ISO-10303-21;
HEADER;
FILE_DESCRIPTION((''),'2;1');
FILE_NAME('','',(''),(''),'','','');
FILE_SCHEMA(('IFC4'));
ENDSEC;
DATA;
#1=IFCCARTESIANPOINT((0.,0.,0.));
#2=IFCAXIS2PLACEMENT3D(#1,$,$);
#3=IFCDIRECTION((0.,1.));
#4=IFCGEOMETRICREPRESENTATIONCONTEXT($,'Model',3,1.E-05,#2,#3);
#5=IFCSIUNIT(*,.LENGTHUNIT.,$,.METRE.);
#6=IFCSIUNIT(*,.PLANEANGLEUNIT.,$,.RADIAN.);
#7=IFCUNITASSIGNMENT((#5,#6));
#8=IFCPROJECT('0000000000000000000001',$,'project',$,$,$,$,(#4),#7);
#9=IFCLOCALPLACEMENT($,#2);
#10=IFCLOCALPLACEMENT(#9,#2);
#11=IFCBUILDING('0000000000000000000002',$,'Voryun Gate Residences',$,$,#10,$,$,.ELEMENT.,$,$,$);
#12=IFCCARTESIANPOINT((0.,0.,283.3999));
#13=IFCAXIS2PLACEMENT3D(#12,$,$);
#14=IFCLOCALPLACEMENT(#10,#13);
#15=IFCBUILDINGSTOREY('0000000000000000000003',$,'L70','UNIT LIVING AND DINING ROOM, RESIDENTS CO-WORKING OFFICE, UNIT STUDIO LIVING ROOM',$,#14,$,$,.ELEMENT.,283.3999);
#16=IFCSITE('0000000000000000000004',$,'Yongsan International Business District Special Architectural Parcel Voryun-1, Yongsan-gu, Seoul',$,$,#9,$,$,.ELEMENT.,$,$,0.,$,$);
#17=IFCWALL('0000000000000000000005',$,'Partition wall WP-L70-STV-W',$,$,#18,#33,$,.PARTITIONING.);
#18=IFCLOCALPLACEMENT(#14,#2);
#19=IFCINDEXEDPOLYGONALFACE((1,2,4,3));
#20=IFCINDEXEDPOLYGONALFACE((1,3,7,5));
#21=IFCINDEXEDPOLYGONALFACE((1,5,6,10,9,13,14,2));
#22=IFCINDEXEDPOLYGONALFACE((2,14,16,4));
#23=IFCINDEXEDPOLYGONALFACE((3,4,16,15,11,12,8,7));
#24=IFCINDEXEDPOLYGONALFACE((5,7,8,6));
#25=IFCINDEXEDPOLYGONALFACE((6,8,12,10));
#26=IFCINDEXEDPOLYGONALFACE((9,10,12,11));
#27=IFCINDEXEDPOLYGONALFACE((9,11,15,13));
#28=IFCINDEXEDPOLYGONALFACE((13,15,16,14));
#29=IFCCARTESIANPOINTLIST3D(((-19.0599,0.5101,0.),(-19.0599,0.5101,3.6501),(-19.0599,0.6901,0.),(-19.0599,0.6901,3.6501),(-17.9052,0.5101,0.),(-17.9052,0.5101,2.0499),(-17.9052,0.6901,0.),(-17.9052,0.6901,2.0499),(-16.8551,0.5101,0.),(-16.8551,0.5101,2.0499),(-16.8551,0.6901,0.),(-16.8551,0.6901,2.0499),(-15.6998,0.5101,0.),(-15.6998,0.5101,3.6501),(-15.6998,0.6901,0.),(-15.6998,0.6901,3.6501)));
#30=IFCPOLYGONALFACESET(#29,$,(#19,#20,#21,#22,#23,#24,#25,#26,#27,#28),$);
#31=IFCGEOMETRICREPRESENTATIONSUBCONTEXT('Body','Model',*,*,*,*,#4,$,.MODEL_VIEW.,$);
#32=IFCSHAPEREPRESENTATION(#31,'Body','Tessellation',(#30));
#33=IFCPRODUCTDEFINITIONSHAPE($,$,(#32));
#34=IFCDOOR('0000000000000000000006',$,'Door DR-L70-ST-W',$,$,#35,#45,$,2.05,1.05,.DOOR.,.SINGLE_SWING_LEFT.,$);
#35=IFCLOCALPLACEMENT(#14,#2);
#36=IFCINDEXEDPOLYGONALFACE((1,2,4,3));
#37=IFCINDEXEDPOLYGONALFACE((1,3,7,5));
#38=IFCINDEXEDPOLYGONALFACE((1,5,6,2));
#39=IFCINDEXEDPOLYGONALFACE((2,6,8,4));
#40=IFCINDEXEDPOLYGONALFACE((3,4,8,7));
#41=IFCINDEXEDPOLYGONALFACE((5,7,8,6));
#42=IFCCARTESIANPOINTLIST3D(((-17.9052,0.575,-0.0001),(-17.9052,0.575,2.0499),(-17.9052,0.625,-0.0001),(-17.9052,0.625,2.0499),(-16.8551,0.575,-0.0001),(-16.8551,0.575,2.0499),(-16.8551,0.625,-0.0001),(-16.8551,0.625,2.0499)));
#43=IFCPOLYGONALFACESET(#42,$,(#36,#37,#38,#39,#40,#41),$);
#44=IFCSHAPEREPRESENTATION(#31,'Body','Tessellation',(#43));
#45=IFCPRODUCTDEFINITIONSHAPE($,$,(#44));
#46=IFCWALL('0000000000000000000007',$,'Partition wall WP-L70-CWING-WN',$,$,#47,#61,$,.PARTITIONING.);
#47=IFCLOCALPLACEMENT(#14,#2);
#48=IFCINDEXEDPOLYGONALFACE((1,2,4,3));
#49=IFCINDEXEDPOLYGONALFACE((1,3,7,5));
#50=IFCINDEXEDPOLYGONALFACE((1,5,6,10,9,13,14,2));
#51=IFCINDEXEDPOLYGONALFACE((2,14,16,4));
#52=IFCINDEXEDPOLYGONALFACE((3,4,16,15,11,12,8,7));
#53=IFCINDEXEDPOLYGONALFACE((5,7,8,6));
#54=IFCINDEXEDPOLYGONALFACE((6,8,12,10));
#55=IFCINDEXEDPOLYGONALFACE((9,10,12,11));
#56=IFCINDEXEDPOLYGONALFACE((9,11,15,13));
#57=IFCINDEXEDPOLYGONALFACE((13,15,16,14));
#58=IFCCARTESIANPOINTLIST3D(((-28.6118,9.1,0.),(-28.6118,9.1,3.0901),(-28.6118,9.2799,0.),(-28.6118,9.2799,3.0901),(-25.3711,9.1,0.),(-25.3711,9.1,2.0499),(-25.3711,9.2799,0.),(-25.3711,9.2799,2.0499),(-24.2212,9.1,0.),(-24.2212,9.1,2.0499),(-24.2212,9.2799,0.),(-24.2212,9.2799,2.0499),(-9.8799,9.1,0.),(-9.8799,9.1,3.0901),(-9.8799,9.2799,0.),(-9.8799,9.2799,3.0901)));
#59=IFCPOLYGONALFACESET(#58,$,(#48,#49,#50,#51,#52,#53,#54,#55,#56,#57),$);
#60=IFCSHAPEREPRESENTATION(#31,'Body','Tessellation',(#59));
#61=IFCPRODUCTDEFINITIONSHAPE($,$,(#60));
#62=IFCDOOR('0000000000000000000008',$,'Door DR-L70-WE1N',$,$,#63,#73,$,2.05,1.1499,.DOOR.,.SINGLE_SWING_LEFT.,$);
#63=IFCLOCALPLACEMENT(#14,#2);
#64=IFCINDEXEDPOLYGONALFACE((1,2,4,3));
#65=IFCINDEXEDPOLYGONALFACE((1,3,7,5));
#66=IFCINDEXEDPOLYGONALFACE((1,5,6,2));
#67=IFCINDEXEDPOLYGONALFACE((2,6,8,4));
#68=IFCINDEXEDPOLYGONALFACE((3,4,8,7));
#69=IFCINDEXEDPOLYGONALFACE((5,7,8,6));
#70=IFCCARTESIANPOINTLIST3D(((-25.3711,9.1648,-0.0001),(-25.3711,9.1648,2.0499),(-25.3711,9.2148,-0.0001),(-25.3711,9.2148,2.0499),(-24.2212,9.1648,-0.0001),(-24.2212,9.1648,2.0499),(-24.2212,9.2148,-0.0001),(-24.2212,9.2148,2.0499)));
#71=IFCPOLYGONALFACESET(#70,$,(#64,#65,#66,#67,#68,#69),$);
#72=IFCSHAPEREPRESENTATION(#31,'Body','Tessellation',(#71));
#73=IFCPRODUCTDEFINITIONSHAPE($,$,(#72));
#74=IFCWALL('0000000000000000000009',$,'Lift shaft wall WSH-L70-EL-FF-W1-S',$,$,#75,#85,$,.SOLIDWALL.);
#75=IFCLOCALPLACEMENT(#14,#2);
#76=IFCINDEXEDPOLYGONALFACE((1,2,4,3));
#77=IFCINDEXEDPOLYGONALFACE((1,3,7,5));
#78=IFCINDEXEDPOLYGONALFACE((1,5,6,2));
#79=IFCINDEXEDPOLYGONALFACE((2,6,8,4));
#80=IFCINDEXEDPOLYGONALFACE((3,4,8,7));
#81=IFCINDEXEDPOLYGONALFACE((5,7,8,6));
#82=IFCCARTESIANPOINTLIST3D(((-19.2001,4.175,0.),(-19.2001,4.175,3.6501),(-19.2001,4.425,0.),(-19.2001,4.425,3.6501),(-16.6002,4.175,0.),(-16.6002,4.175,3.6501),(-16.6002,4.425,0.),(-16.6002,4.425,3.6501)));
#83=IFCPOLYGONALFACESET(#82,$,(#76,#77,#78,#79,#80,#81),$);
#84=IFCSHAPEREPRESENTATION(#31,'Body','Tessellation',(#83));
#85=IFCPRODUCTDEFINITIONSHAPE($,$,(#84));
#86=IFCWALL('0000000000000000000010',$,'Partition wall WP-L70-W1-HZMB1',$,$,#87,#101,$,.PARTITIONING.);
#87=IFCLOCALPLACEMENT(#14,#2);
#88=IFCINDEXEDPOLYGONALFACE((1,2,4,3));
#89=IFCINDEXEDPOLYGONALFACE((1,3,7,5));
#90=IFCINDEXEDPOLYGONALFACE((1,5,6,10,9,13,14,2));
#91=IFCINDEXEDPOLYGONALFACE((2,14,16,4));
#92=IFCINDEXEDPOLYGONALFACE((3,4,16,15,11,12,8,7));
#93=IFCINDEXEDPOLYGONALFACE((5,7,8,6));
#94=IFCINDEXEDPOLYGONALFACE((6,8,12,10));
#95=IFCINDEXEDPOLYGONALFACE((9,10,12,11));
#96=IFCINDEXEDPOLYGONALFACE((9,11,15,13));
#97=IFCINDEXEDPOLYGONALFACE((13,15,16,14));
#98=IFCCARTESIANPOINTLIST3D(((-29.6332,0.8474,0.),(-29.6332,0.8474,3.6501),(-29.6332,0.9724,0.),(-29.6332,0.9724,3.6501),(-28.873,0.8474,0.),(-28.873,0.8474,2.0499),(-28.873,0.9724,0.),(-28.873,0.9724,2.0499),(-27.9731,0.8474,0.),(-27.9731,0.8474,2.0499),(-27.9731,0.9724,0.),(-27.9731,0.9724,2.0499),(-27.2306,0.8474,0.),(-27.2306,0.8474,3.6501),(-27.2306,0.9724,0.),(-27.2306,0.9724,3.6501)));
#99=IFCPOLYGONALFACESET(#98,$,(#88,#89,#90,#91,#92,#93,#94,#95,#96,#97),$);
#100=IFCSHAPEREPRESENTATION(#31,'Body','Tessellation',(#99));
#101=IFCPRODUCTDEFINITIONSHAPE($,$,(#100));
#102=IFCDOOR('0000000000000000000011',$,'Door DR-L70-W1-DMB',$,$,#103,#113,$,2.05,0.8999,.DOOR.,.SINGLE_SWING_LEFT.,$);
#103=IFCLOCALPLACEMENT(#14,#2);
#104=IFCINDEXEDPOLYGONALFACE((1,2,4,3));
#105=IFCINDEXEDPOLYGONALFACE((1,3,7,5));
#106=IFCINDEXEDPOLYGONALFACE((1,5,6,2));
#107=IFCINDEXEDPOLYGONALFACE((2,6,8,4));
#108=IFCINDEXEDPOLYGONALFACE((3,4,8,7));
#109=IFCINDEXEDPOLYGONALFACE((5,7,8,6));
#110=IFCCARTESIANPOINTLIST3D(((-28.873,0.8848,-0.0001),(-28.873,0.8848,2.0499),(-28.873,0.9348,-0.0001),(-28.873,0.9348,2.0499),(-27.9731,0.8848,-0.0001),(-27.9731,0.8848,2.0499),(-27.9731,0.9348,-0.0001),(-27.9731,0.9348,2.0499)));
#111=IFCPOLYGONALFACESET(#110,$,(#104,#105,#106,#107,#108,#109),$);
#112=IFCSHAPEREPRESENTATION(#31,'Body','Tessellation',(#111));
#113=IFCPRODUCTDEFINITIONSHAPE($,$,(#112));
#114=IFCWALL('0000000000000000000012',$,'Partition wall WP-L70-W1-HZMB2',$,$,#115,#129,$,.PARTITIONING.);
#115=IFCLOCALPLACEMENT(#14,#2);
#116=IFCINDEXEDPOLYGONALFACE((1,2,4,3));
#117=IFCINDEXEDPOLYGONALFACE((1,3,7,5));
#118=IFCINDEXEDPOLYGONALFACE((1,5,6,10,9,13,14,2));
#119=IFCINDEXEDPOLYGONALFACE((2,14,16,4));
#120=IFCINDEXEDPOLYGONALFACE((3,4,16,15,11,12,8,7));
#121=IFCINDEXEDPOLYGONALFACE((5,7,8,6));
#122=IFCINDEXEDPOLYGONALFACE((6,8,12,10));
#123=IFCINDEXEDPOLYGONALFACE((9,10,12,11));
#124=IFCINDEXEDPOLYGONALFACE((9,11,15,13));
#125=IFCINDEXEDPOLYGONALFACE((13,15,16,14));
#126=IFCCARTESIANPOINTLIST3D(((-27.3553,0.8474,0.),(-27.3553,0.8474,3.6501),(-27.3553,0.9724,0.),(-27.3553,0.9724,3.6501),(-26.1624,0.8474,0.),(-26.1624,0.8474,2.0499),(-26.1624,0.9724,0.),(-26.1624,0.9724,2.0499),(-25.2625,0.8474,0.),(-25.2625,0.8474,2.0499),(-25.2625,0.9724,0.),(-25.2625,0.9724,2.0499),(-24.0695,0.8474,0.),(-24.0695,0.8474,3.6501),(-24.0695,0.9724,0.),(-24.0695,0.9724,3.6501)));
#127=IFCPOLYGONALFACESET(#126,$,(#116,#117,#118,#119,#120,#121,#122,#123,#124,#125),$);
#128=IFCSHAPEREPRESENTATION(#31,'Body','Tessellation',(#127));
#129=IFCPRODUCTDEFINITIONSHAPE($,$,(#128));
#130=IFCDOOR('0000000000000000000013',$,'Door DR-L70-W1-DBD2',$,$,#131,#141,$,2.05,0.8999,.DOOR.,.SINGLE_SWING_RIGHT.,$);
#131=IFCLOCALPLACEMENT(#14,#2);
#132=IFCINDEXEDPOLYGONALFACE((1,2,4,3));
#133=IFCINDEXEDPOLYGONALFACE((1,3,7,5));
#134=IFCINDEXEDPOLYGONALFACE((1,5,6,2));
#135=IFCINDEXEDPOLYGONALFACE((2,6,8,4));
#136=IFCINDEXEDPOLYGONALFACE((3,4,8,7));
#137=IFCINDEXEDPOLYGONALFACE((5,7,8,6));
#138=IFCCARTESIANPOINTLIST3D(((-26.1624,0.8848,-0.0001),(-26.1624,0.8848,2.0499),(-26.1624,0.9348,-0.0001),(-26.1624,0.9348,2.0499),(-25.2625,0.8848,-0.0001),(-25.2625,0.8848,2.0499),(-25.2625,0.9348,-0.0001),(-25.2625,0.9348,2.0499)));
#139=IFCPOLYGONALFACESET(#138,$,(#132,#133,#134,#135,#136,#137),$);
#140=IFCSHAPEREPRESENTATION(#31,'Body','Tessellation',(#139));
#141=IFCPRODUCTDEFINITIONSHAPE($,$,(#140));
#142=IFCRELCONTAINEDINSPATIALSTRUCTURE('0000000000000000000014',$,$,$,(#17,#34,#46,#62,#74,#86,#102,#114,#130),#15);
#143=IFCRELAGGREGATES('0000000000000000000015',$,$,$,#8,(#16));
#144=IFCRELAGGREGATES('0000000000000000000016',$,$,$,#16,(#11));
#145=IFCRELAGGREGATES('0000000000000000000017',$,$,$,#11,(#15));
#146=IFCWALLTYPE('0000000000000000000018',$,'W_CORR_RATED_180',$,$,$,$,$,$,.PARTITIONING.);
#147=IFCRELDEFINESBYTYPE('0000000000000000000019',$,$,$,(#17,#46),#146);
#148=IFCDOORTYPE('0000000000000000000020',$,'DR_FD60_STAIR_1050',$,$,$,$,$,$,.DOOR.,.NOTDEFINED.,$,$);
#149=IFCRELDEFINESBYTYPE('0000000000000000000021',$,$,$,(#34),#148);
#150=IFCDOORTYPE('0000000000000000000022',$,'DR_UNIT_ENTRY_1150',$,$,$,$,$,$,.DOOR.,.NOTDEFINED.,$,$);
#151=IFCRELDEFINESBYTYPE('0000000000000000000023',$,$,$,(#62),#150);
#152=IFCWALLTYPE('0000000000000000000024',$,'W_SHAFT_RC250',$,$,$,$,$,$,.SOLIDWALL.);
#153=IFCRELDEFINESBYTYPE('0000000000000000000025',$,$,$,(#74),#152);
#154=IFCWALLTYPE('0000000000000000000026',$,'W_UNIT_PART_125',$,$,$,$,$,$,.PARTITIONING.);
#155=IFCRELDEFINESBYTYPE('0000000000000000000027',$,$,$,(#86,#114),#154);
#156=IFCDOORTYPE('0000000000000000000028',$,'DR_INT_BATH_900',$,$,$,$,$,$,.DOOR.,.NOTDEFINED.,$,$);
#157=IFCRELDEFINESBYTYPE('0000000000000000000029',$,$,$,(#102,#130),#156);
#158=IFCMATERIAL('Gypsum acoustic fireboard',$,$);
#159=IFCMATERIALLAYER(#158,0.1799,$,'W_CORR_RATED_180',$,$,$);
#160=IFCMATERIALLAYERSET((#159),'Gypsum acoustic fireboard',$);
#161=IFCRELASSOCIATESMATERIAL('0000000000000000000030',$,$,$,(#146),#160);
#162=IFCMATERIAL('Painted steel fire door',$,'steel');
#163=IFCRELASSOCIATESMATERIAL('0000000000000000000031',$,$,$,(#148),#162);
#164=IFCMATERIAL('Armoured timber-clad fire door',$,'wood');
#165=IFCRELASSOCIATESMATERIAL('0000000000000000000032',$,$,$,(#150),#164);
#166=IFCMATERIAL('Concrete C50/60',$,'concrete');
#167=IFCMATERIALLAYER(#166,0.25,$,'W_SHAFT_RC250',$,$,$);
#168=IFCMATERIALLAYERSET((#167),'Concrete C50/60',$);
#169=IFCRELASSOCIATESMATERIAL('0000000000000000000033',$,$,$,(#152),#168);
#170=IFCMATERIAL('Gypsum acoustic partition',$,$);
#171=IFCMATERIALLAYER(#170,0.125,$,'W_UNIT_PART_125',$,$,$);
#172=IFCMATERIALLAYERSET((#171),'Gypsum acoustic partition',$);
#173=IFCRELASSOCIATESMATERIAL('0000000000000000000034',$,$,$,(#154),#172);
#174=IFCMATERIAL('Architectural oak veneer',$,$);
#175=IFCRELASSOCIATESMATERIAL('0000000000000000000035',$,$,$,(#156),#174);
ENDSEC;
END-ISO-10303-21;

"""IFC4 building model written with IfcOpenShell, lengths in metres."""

from ifc_helpers import new_model, si_unit, direction, frame, frame_2d, origin, place, context, subcontext, project, spatial, rectangle, extrude, material, layer, layer_set, type_object, element, fill, save


model = new_model("IFC4")

# Units and contexts
model_context = context("Model", 3, precision=1e-05, world=origin(), true_north=direction((0.0, 1.0)))
body_context = subcontext(model_context, "Body", "Model", "MODEL_VIEW")
ifc_project = project(units=[si_unit("LENGTHUNIT", "METRE"), si_unit("PLANEANGLEUNIT", "RADIAN")], contexts=[model_context])

# Site, building, storey
site_placement = place(None, origin())
site = spatial("IfcSite", under=ifc_project, at=site_placement, Name="Yongsan International Business District Special Architectural Parcel Voryun-1, Yongsan-gu, Seoul", CompositionType="ELEMENT", RefElevation=0.0)
building_placement = place(site_placement, origin())
building = spatial("IfcBuilding", under=site, at=building_placement, Name="Voryun Gate Residences", CompositionType="ELEMENT")
storey_placement = place(building_placement, frame((0.0, 0.0, 283.3999)))
storey = spatial("IfcBuildingStorey", under=building, at=storey_placement, Name="L70", Description="UNIT LIVING AND DINING ROOM, RESIDENTS CO-WORKING OFFICE, UNIT STUDIO LIVING ROOM", CompositionType="ELEMENT", Elevation=283.3999)

# Walls, openings, doors
ifc_material_1 = material(Name="Gypsum acoustic fireboard")
ifc_layer_1 = layer(ifc_material_1, 0.1799, Name="W_CORR_RATED_180")
ifc_layer_set_1 = layer_set([ifc_layer_1], Name="Gypsum acoustic fireboard")
wall_type_1 = type_object("IfcWallType", Name="W_CORR_RATED_180", PredefinedType="PARTITIONING", material=ifc_layer_set_1)
wall_1_placement = place(storey_placement, frame((-19.0601, 0.6001, 0.0), z_axis=(0.0, 0.0, 1.0), x_axis=(1.0, 0.0, 0.0)))
wall_1 = element("IfcWall", 1, at=wall_1_placement, inside=storey, type_object=wall_type_1, Name="Partition wall WP-L70-STV-W", PredefinedType="PARTITIONING", context=body_context, shape_type="SweptSolid", body=[
    extrude(rectangle(XDim=3.3601, YDim=0.1799, at=frame_2d((1.6802, 0.0))), origin(), (0.0, 0.0, 1.0), 3.6501),
])
opening_1_placement = place(wall_1_placement, frame((1.155, 0.0, 0.0)))
opening_1 = element("IfcOpeningElement", 2, at=opening_1_placement, cuts=wall_1, PredefinedType="OPENING", context=body_context, shape_type="SweptSolid", body=[
    extrude(rectangle(XDim=1.05, YDim=2.05, at=frame_2d((0.5249, 1.0249))), frame((0.0, 0.0999, 0.0), z_axis=(0.0, -1.0, 0.0), x_axis=(1.0, 0.0, 0.0)), (0.0, 0.0, 1.0), 0.2),
])
ifc_material_2 = material(Name="Painted steel fire door", Category="steel")
door_type_1 = type_object("IfcDoorType", Name="DR_FD60_STAIR_1050", OperationType="NOTDEFINED", PredefinedType="DOOR", material=ifc_material_2)
door_1_placement = place(opening_1_placement, origin())
door_1 = element("IfcDoor", 3, at=door_1_placement, inside=storey, type_object=door_type_1, Name="Door DR-L70-ST-W", OperationType="SINGLE_SWING_LEFT", OverallHeight=2.05, OverallWidth=1.05, PredefinedType="DOOR", context=body_context, shape_type="SweptSolid", body=[
    extrude(rectangle(XDim=1.05, YDim=2.05, at=frame_2d((0.5249, 1.0249))), frame((0.0, 0.0249, 0.0), z_axis=(0.0, -1.0, 0.0), x_axis=(1.0, 0.0, 0.0)), (0.0, 0.0, 1.0), 0.05),
])
fill(opening_1, door_1)
wall_2_placement = place(storey_placement, frame((-28.6118, 9.1899, 0.0), z_axis=(0.0, 0.0, 1.0), x_axis=(1.0, 0.0, 0.0)))
wall_2 = element("IfcWall", 4, at=wall_2_placement, inside=storey, type_object=wall_type_1, Name="Partition wall WP-L70-CWING-WN", PredefinedType="PARTITIONING", context=body_context, shape_type="SweptSolid", body=[
    extrude(rectangle(XDim=18.7319, YDim=0.1799, at=frame_2d((9.366, 0.0))), origin(), (0.0, 0.0, 1.0), 3.0901),
])
opening_2_placement = place(wall_2_placement, frame((3.2407, 0.0, 0.0)))
opening_2 = element("IfcOpeningElement", 5, at=opening_2_placement, cuts=wall_2, PredefinedType="OPENING", context=body_context, shape_type="SweptSolid", body=[
    extrude(rectangle(XDim=1.1499, YDim=2.05, at=frame_2d((0.575, 1.0249))), frame((0.0, 0.0999, 0.0), z_axis=(0.0, -1.0, 0.0), x_axis=(1.0, 0.0, 0.0)), (0.0, 0.0, 1.0), 0.2),
])
ifc_material_3 = material(Name="Armoured timber-clad fire door", Category="wood")
door_type_2 = type_object("IfcDoorType", Name="DR_UNIT_ENTRY_1150", OperationType="NOTDEFINED", PredefinedType="DOOR", material=ifc_material_3)
door_2_placement = place(opening_2_placement, origin())
door_2 = element("IfcDoor", 6, at=door_2_placement, inside=storey, type_object=door_type_2, Name="Door DR-L70-WE1N", OperationType="SINGLE_SWING_LEFT", OverallHeight=2.05, OverallWidth=1.1499, PredefinedType="DOOR", context=body_context, shape_type="SweptSolid", body=[
    extrude(rectangle(XDim=1.1499, YDim=2.05, at=frame_2d((0.575, 1.0249))), frame((0.0, 0.0249, 0.0), z_axis=(0.0, -1.0, 0.0), x_axis=(1.0, 0.0, 0.0)), (0.0, 0.0, 1.0), 0.05),
])
fill(opening_2, door_2)

# Wall
ifc_material_4 = material(Name="Concrete C50/60", Category="concrete")
ifc_layer_2 = layer(ifc_material_4, 0.25, Name="W_SHAFT_RC250")
ifc_layer_set_2 = layer_set([ifc_layer_2], Name="Concrete C50/60")
wall_type_2 = type_object("IfcWallType", Name="W_SHAFT_RC250", PredefinedType="SOLIDWALL", material=ifc_layer_set_2)
wall_3_placement = place(storey_placement, frame((-19.2, 4.3, 0.0), z_axis=(0.0, 0.0, 1.0), x_axis=(1.0, 0.0, 0.0)))
element("IfcWall", 7, at=wall_3_placement, inside=storey, type_object=wall_type_2, Name="Lift shaft wall WSH-L70-EL-FF-W1-S", PredefinedType="SOLIDWALL", context=body_context, shape_type="SweptSolid", body=[
    extrude(rectangle(XDim=2.5999, YDim=0.25, at=frame_2d((1.2998, 0.0))), origin(), (0.0, 0.0, 1.0), 3.6501),
])

# Walls, openings, doors
ifc_material_5 = material(Name="Gypsum acoustic partition")
ifc_layer_3 = layer(ifc_material_5, 0.125, Name="W_UNIT_PART_125")
ifc_layer_set_3 = layer_set([ifc_layer_3], Name="Gypsum acoustic partition")
wall_type_3 = type_object("IfcWallType", Name="W_UNIT_PART_125", PredefinedType="PARTITIONING", material=ifc_layer_set_3)
wall_4_placement = place(storey_placement, frame((-29.6331, 0.9099, 0.0), z_axis=(0.0, 0.0, 1.0), x_axis=(1.0, 0.0, 0.0)))
wall_4 = element("IfcWall", 8, at=wall_4_placement, inside=storey, type_object=wall_type_3, Name="Partition wall WP-L70-W1-HZMB1", PredefinedType="PARTITIONING", context=body_context, shape_type="SweptSolid", body=[
    extrude(rectangle(XDim=2.4026, YDim=0.125, at=frame_2d((1.2012, 0.0))), origin(), (0.0, 0.0, 1.0), 3.6501),
])
opening_3_placement = place(wall_4_placement, frame((0.76, 0.0, 0.0)))
opening_3 = element("IfcOpeningElement", 9, at=opening_3_placement, cuts=wall_4, PredefinedType="OPENING", context=body_context, shape_type="SweptSolid", body=[
    extrude(rectangle(XDim=0.8999, YDim=2.05, at=frame_2d((0.45, 1.0249))), frame((0.0, 0.0725, 0.0), z_axis=(0.0, -1.0, 0.0), x_axis=(1.0, 0.0, 0.0)), (0.0, 0.0, 1.0), 0.145),
])
ifc_material_6 = material(Name="Architectural oak veneer")
door_type_3 = type_object("IfcDoorType", Name="DR_INT_BATH_900", OperationType="NOTDEFINED", PredefinedType="DOOR", material=ifc_material_6)
door_3_placement = place(opening_3_placement, origin())
door_3 = element("IfcDoor", 10, at=door_3_placement, inside=storey, type_object=door_type_3, Name="Door DR-L70-W1-DMB", OperationType="SINGLE_SWING_LEFT", OverallHeight=2.05, OverallWidth=0.8999, PredefinedType="DOOR", context=body_context, shape_type="SweptSolid", body=[
    extrude(rectangle(XDim=0.8999, YDim=2.05, at=frame_2d((0.45, 1.0249))), frame((0.0, 0.0249, 0.0), z_axis=(0.0, -1.0, 0.0), x_axis=(1.0, 0.0, 0.0)), (0.0, 0.0, 1.0), 0.05),
])
fill(opening_3, door_3)
wall_5_placement = place(storey_placement, frame((-27.3555, 0.9099, 0.0), z_axis=(0.0, 0.0, 1.0), x_axis=(1.0, 0.0, 0.0)))
wall_5 = element("IfcWall", 11, at=wall_5_placement, inside=storey, type_object=wall_type_3, Name="Partition wall WP-L70-W1-HZMB2", PredefinedType="PARTITIONING", context=body_context, shape_type="SweptSolid", body=[
    extrude(rectangle(XDim=3.2859, YDim=0.125, at=frame_2d((1.6431, 0.0))), origin(), (0.0, 0.0, 1.0), 3.6501),
])
opening_4_placement = place(wall_5_placement, frame((1.1931, 0.0, 0.0)))
opening_4 = element("IfcOpeningElement", 12, at=opening_4_placement, cuts=wall_5, PredefinedType="OPENING", context=body_context, shape_type="SweptSolid", body=[
    extrude(rectangle(XDim=0.8999, YDim=2.05, at=frame_2d((0.45, 1.0249))), frame((0.0, 0.0725, 0.0), z_axis=(0.0, -1.0, 0.0), x_axis=(1.0, 0.0, 0.0)), (0.0, 0.0, 1.0), 0.145),
])
door_4_placement = place(opening_4_placement, origin())
door_4 = element("IfcDoor", 13, at=door_4_placement, inside=storey, type_object=door_type_3, Name="Door DR-L70-W1-DBD2", OperationType="SINGLE_SWING_RIGHT", OverallHeight=2.05, OverallWidth=0.8999, PredefinedType="DOOR", context=body_context, shape_type="SweptSolid", body=[
    extrude(rectangle(XDim=0.8999, YDim=2.05, at=frame_2d((0.45, 1.0249))), frame((0.0, 0.0249, 0.0), z_axis=(0.0, -1.0, 0.0), x_axis=(1.0, 0.0, 0.0)), (0.0, 0.0, 1.0), 0.05),
])
fill(opening_4, door_4)

save(model, "model.ifc")
